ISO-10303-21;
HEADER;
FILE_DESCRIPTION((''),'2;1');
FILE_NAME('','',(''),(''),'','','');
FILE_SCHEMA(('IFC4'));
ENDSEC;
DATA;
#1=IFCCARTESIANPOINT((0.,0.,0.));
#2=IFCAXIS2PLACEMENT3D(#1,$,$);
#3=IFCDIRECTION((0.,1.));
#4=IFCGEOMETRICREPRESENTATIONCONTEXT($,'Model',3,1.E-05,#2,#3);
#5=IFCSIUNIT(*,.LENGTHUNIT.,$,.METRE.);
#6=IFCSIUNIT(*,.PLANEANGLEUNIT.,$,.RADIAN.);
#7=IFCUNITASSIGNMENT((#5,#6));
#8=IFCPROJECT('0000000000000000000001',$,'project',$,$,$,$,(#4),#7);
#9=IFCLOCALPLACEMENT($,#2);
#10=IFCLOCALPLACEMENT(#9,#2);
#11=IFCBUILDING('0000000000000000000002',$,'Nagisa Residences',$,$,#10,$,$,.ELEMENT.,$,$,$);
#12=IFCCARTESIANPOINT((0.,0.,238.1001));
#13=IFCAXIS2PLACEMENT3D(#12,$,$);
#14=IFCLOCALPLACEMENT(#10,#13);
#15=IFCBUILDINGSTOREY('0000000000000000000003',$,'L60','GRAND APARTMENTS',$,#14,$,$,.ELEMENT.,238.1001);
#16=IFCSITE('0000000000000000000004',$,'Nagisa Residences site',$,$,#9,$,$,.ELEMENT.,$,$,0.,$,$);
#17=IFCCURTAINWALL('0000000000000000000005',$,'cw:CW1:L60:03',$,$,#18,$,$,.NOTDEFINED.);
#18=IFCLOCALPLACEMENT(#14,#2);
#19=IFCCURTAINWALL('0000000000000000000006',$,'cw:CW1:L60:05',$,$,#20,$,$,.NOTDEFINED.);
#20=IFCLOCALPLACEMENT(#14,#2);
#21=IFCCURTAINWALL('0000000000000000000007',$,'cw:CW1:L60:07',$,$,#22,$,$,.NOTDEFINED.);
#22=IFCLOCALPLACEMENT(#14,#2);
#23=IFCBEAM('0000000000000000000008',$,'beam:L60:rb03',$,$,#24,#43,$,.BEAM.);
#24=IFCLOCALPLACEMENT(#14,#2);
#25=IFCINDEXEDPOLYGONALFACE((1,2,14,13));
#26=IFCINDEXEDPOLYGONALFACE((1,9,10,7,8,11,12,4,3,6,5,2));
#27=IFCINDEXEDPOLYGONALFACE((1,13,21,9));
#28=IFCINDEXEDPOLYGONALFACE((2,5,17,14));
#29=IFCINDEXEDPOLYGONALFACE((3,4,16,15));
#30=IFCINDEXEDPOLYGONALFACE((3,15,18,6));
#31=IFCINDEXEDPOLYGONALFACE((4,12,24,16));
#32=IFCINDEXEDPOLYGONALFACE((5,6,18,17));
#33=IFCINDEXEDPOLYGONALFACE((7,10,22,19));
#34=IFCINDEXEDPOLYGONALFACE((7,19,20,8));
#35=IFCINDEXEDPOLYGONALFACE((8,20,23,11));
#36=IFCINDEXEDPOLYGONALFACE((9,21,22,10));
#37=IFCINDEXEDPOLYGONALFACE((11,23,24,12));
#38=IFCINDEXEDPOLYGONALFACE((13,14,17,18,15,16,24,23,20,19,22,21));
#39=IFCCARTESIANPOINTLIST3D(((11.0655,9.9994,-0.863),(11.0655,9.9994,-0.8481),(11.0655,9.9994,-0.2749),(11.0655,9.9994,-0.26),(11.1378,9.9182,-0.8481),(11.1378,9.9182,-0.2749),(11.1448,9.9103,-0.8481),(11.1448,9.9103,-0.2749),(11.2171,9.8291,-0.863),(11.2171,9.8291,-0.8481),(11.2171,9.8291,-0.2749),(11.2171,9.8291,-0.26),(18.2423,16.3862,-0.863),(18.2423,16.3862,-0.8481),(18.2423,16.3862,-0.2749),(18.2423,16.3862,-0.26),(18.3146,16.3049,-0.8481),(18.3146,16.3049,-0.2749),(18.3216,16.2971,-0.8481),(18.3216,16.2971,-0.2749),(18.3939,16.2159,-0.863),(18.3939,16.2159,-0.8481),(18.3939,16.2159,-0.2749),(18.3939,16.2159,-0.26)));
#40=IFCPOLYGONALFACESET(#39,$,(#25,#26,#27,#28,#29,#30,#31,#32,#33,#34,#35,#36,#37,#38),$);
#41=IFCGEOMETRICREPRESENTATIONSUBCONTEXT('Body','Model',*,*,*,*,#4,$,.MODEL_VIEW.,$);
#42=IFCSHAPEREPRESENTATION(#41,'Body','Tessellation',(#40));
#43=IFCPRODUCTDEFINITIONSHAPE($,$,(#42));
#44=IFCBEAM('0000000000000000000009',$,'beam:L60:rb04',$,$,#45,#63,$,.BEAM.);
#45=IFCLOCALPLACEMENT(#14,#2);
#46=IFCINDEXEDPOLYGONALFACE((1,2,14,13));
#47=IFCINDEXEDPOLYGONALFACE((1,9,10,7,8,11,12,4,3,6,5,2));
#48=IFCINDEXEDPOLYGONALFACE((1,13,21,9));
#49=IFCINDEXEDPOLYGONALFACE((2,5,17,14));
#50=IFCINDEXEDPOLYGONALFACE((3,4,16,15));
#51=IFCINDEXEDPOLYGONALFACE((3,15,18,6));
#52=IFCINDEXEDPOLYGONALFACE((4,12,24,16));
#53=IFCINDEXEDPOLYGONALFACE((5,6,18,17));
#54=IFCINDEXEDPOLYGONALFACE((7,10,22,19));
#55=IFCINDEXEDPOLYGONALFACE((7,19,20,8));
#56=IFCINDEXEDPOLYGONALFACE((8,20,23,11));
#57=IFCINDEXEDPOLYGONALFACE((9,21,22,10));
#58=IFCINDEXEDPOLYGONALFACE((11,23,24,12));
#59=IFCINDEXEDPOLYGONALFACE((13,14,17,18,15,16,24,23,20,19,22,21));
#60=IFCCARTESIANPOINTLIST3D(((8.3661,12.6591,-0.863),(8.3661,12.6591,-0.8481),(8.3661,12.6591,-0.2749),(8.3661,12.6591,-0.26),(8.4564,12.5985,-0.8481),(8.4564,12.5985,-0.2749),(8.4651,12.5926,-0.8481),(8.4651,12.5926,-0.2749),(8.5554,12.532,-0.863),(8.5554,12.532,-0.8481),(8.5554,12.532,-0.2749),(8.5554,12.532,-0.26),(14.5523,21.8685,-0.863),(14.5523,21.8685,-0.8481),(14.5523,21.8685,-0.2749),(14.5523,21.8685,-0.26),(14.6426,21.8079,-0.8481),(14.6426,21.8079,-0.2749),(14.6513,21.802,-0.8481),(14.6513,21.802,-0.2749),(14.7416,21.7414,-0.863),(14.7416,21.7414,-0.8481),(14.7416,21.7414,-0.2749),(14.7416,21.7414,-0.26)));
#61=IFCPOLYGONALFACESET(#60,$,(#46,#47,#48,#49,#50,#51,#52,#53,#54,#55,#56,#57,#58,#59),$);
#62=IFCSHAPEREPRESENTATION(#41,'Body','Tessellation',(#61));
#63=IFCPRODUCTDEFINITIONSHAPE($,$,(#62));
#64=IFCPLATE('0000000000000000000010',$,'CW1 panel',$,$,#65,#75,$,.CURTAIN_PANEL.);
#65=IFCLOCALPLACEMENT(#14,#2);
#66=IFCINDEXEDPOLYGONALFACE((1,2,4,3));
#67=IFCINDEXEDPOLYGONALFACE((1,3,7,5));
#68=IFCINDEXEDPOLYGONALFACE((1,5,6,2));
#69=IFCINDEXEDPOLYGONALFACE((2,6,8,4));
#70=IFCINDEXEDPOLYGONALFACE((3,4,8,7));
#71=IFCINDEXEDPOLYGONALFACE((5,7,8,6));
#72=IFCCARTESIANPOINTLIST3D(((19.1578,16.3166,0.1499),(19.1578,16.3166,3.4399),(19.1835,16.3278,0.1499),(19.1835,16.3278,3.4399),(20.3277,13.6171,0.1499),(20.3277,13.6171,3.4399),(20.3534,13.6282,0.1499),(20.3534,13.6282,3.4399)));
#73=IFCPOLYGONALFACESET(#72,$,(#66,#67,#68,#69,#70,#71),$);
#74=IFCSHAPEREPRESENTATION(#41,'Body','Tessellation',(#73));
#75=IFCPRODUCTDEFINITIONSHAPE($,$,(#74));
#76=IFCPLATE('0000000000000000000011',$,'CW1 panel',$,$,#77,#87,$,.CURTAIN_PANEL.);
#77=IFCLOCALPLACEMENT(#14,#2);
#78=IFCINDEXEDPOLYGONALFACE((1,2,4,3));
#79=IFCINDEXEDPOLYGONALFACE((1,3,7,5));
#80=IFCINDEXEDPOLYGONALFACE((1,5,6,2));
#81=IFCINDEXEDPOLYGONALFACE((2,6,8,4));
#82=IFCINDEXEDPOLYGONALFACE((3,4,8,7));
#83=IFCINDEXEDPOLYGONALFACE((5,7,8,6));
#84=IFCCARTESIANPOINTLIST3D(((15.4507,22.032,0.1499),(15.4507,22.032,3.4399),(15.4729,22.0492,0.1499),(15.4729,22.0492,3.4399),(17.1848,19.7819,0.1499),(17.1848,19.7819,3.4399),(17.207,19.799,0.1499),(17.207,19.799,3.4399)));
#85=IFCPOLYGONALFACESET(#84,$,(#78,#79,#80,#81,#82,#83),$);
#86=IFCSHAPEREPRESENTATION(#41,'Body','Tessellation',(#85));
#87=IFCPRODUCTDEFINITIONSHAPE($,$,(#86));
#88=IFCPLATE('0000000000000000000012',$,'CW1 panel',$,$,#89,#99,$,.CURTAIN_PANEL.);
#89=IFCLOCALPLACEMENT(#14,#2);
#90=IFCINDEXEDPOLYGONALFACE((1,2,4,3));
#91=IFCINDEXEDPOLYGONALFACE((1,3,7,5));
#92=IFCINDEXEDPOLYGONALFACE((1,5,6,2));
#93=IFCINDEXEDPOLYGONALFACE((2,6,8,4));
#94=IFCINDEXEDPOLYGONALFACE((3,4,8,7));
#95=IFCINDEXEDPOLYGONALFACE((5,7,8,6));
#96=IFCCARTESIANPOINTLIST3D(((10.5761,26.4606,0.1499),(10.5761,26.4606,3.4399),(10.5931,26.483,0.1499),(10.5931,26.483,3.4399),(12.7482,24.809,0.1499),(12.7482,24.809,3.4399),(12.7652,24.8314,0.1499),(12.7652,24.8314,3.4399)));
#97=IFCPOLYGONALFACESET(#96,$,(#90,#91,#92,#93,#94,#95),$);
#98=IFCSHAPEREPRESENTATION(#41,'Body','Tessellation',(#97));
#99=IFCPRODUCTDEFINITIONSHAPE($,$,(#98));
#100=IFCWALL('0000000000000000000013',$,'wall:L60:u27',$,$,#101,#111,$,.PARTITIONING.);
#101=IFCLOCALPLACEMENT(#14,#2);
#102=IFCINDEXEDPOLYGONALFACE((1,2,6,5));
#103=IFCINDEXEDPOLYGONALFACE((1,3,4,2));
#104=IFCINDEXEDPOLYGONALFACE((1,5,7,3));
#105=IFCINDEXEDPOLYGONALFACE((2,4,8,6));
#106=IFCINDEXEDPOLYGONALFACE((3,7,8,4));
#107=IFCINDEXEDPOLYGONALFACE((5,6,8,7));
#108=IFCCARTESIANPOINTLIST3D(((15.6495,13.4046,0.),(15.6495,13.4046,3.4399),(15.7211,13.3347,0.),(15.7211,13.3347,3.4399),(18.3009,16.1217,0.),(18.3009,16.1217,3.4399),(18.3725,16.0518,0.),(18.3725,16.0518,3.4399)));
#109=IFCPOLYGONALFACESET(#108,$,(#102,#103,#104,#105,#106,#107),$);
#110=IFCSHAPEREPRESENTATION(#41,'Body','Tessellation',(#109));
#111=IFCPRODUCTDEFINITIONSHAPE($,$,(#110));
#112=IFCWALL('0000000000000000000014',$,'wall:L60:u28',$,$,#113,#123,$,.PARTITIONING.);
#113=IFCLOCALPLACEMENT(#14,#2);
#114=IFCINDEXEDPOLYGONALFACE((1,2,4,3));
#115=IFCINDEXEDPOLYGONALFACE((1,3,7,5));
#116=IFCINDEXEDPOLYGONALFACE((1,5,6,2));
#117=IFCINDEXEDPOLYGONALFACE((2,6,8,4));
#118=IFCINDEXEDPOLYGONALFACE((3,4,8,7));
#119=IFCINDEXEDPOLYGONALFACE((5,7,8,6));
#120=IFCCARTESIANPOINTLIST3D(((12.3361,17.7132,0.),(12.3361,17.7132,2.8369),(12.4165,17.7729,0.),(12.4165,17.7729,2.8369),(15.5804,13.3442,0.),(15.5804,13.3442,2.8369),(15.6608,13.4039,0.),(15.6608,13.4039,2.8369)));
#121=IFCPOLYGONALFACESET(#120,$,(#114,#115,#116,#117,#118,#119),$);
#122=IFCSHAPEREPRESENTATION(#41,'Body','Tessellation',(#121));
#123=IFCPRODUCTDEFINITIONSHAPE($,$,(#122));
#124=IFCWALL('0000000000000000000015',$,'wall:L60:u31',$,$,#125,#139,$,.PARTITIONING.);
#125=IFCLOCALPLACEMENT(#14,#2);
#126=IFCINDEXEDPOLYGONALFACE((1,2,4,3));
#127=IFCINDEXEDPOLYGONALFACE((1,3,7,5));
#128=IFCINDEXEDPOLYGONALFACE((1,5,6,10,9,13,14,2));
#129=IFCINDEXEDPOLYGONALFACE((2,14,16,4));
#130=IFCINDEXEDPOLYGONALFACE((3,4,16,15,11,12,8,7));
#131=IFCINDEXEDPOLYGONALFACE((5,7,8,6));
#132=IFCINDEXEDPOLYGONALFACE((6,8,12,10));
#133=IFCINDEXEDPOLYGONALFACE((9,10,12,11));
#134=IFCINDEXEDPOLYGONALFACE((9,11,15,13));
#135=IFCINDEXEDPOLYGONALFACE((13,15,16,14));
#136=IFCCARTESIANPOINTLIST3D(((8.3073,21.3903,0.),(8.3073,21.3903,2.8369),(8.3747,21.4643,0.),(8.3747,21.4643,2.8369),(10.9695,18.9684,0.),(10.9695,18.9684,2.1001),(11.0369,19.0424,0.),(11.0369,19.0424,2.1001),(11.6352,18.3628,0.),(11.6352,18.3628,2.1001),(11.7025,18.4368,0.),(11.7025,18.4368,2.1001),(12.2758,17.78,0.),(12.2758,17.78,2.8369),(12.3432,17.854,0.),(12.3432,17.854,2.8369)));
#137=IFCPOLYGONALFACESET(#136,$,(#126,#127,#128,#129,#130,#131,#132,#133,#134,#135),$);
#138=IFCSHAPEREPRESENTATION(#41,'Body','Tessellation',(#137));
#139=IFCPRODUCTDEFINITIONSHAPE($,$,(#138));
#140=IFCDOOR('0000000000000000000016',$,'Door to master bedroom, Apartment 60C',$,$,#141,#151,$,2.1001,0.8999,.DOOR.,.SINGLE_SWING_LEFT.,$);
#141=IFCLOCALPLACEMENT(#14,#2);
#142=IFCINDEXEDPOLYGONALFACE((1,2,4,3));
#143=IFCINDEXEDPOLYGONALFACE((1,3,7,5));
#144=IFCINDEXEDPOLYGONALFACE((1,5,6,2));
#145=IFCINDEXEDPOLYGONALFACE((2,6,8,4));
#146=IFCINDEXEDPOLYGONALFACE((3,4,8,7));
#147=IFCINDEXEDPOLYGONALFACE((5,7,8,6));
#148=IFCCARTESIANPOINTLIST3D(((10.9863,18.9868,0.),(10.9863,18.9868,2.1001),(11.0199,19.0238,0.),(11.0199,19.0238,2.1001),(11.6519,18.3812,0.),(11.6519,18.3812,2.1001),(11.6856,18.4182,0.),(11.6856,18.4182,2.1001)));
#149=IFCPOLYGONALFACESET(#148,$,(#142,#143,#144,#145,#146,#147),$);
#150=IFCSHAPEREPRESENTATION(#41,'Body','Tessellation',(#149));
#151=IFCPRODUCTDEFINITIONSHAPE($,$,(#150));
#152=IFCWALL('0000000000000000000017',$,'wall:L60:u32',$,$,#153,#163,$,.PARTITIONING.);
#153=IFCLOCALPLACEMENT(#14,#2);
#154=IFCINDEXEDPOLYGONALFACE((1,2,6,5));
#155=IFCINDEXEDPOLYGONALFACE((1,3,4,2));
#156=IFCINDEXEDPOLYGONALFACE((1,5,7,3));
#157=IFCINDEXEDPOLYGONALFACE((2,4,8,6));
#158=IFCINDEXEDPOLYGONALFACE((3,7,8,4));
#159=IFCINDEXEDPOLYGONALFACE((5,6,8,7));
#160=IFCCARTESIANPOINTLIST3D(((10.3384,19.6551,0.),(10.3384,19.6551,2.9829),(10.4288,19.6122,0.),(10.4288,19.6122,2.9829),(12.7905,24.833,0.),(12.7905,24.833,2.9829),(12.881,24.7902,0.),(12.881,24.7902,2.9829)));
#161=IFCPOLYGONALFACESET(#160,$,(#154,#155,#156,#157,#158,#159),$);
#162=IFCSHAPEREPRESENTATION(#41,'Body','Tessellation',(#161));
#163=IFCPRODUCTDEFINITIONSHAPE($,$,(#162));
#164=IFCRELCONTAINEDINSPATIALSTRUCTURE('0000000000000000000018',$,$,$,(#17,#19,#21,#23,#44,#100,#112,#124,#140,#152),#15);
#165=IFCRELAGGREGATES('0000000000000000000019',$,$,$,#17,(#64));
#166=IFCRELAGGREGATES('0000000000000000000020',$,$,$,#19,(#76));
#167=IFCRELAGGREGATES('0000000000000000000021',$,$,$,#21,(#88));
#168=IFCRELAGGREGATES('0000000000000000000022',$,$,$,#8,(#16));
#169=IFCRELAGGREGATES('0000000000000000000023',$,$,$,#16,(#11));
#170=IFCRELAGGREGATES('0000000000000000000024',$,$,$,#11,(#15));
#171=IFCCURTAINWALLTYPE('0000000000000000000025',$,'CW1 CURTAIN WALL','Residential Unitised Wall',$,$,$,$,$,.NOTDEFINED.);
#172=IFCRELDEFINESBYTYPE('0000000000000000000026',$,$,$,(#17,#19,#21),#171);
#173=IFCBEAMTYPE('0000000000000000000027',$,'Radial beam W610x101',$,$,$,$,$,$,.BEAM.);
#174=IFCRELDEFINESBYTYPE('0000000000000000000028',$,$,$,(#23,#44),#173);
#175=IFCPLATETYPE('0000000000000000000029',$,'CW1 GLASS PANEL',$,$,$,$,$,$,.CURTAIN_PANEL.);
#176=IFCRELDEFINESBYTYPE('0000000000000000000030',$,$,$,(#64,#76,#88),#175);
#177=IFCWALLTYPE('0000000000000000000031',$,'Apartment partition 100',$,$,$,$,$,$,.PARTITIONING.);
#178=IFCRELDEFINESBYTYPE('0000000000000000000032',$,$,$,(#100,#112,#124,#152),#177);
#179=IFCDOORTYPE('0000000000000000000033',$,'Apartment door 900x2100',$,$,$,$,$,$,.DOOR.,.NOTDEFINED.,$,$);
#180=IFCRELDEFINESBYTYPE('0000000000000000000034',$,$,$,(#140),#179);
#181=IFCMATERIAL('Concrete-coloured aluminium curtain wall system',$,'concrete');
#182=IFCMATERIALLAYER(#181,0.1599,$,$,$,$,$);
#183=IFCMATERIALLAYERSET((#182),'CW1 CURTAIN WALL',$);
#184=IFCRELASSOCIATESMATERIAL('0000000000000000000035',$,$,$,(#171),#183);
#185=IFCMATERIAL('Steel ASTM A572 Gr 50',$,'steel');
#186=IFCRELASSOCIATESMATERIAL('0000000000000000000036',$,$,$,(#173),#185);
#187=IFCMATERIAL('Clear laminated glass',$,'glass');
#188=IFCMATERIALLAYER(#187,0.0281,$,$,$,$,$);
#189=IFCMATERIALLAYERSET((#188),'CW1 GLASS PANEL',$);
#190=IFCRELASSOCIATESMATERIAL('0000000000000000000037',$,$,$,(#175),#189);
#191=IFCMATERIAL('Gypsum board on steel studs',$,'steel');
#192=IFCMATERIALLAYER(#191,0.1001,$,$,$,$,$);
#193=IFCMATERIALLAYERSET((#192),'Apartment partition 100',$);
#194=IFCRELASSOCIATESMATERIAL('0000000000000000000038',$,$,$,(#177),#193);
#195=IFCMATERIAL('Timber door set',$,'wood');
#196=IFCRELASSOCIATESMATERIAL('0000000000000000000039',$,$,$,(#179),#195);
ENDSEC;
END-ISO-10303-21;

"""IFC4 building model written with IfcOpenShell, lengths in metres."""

from ifc_helpers import new_model, si_unit, direction, frame, frame_2d, origin, origin_2d, place, context, subcontext, project, spatial, rectangle, i_section, extrude, material, layer, layer_set, material_profile, profile_set, type_object, element, fill, aggregate, save


model = new_model("IFC4")

# Units and contexts
model_context = context("Model", 3, precision=1e-05, world=origin(), true_north=direction((0.0, 1.0)))
body_context = subcontext(model_context, "Body", "Model", "MODEL_VIEW")
ifc_project = project(units=[si_unit("LENGTHUNIT", "METRE"), si_unit("PLANEANGLEUNIT", "RADIAN")], contexts=[model_context])

# Site, building, storey
site_placement = place(None, origin())
site = spatial("IfcSite", under=ifc_project, at=site_placement, Name="Nagisa Residences site", CompositionType="ELEMENT", RefElevation=0.0)
building_placement = place(site_placement, origin())
building = spatial("IfcBuilding", under=site, at=building_placement, Name="Nagisa Residences", CompositionType="ELEMENT")
storey_placement = place(building_placement, frame((0.0, 0.0, 238.1001)))
storey = spatial("IfcBuildingStorey", under=building, at=storey_placement, Name="L60", Description="GRAND APARTMENTS", CompositionType="ELEMENT", Elevation=238.1001)

# Curtain walls
ifc_material_1 = material(Name="Concrete-coloured aluminium curtain wall system", Category="concrete")
ifc_layer_1 = layer(ifc_material_1, 0.1599)
ifc_layer_set_1 = layer_set([ifc_layer_1], Name="CW1 CURTAIN WALL")
curtain_wall_type = type_object("IfcCurtainWallType", Name="CW1 CURTAIN WALL", Description="Residential Unitised Wall", PredefinedType="NOTDEFINED", material=ifc_layer_set_1)
curtain_wall_1_placement = place(storey_placement, origin())
curtain_wall_1 = element("IfcCurtainWall", 1, at=curtain_wall_1_placement, inside=storey, type_object=curtain_wall_type, Name="cw:CW1:L60:03", PredefinedType="NOTDEFINED")
curtain_wall_2_placement = place(storey_placement, origin())
curtain_wall_2 = element("IfcCurtainWall", 2, at=curtain_wall_2_placement, inside=storey, type_object=curtain_wall_type, Name="cw:CW1:L60:05", PredefinedType="NOTDEFINED")
curtain_wall_3_placement = place(storey_placement, origin())
curtain_wall_3 = element("IfcCurtainWall", 3, at=curtain_wall_3_placement, inside=storey, type_object=curtain_wall_type, Name="cw:CW1:L60:07", PredefinedType="NOTDEFINED")

# Beams
ifc_material_2 = material(Name="Steel ASTM A572 Gr 50", Category="steel")
ifc_material_profile_1 = material_profile(ifc_material_2, i_section(OverallWidth=0.228, OverallDepth=0.603, WebThickness=0.0105, FlangeThickness=0.0149, at=origin_2d()), Name="W610x101")
ifc_profile_set_1 = profile_set([ifc_material_profile_1], Name="Steel ASTM A572 Gr 50")
beam_type_1 = type_object("IfcBeamType", Name="Radial beam W610x101", PredefinedType="BEAM", material=ifc_profile_set_1)
beam_1_placement = place(storey_placement, frame((18.3181, 16.301, -0.5615), z_axis=(-0.747028, -0.664793, 0.0), x_axis=(0.664793, -0.747028, 0.0)))
element("IfcBeam", 4, at=beam_1_placement, inside=storey, type_object=beam_type_1, Name="beam:L60:rb03", PredefinedType="BEAM", context=body_context, shape_type="SweptSolid", body=[
    extrude(i_section(OverallWidth=0.228, OverallDepth=0.603, WebThickness=0.0105, FlangeThickness=0.0149, at=origin_2d()), origin(), (0.0, 0.0, 1.0), 9.6072),
])
beam_2_placement = place(storey_placement, frame((14.647, 21.8049, -0.5615), z_axis=(-0.557607, -0.830105, 0.0), x_axis=(0.830105, -0.557607, 0.0)))
element("IfcBeam", 5, at=beam_2_placement, inside=storey, type_object=beam_type_1, Name="beam:L60:rb04", PredefinedType="BEAM", context=body_context, shape_type="SweptSolid", body=[
    extrude(i_section(OverallWidth=0.228, OverallDepth=0.603, WebThickness=0.0105, FlangeThickness=0.0149, at=origin_2d()), origin(), (0.0, 0.0, 1.0), 11.0942),
])

# Plates
ifc_material_3 = material(Name="Clear laminated glass", Category="glass")
ifc_layer_2 = layer(ifc_material_3, 0.0281)
ifc_layer_set_2 = layer_set([ifc_layer_2], Name="CW1 GLASS PANEL")
plate_type = type_object("IfcPlateType", Name="CW1 GLASS PANEL", PredefinedType="CURTAIN_PANEL", material=ifc_layer_set_2)
plate_1_placement = place(storey_placement, frame((19.7556, 14.9724, 0.1499), z_axis=(0.0, 0.0, 1.0), x_axis=(-0.397636, 0.917543, 0.0)))
plate_1 = element("IfcPlate", 6, at=plate_1_placement, type_object=plate_type, Name="CW1 panel", PredefinedType="CURTAIN_PANEL", context=body_context, shape_type="SweptSolid", body=[
    extrude(rectangle(XDim=2.9421, YDim=0.0281, at=origin_2d()), origin(), (0.0, 0.0, 1.0), 3.29),
])
aggregate(curtain_wall_1, [plate_1])
plate_2_placement = place(storey_placement, frame((16.3289, 20.9155, 0.1499), z_axis=(0.0, 0.0, 1.0), x_axis=(-0.61043, 0.79207, 0.0)))
plate_2 = element("IfcPlate", 7, at=plate_2_placement, type_object=plate_type, Name="CW1 panel", PredefinedType="CURTAIN_PANEL", context=body_context, shape_type="SweptSolid", body=[
    extrude(rectangle(XDim=2.8408, YDim=0.0281, at=origin_2d()), origin(), (0.0, 0.0, 1.0), 3.29),
])
aggregate(curtain_wall_2, [plate_2])
plate_3_placement = place(storey_placement, frame((11.6707, 25.646, 0.1499), z_axis=(0.0, 0.0, 1.0), x_axis=(-0.796031, 0.605255, 0.0)))
plate_3 = element("IfcPlate", 8, at=plate_3_placement, type_object=plate_type, Name="CW1 panel", PredefinedType="CURTAIN_PANEL", context=body_context, shape_type="SweptSolid", body=[
    extrude(rectangle(XDim=2.7288, YDim=0.0281, at=origin_2d()), origin(), (0.0, 0.0, 1.0), 3.29),
])
aggregate(curtain_wall_3, [plate_3])

# Walls
ifc_material_4 = material(Name="Gypsum board on steel studs", Category="steel")
ifc_layer_3 = layer(ifc_material_4, 0.1001)
ifc_layer_set_3 = layer_set([ifc_layer_3], Name="Apartment partition 100")
wall_type_1 = type_object("IfcWallType", Name="Apartment partition 100", PredefinedType="PARTITIONING", material=ifc_layer_set_3)
wall_1_placement = place(storey_placement, frame((15.6853, 13.3696, 0.0), z_axis=(0.0, 0.0, 1.0), x_axis=(0.698404, 0.715704, 0.0)))
element("IfcWall", 9, at=wall_1_placement, inside=storey, type_object=wall_type_1, Name="wall:L60:u27", PredefinedType="PARTITIONING", context=body_context, shape_type="SweptSolid", body=[
    extrude(rectangle(XDim=3.7964, YDim=0.1001, at=frame_2d((1.8982, 0.0))), origin(), (0.0, 0.0, 1.0), 3.4399),
])
wall_2_placement = place(storey_placement, frame((15.6206, 13.374, 0.0), z_axis=(0.0, 0.0, 1.0), x_axis=(-0.596174, 0.802855, 0.0)))
element("IfcWall", 10, at=wall_2_placement, inside=storey, type_object=wall_type_1, Name="wall:L60:u28", PredefinedType="PARTITIONING", context=body_context, shape_type="SweptSolid", body=[
    extrude(rectangle(XDim=5.4419, YDim=0.1001, at=frame_2d((2.7209, 0.0))), origin(), (0.0, 0.0, 1.0), 2.8369),
])

# Wall, opening, door
wall_3_placement = place(storey_placement, frame((12.3096, 17.8169, 0.0), z_axis=(0.0, 0.0, 1.0), x_axis=(-0.739697, 0.67294, 0.0)))
wall_3 = element("IfcWall", 11, at=wall_3_placement, inside=storey, type_object=wall_type_1, Name="wall:L60:u31", PredefinedType="PARTITIONING", context=body_context, shape_type="SweptSolid", body=[
    extrude(rectangle(XDim=5.365, YDim=0.1001, at=frame_2d((2.6826, 0.0))), origin(), (0.0, 0.0, 1.0), 2.8369),
])
opening_1_placement = place(wall_3_placement, frame((0.8662, 0.0, 0.0)))
opening_1 = element("IfcOpeningElement", 12, at=opening_1_placement, cuts=wall_3, PredefinedType="OPENING", context=body_context, shape_type="SweptSolid", body=[
    extrude(rectangle(XDim=0.8999, YDim=2.1001, at=frame_2d((0.45, 1.05))), frame((0.0, 0.0601, 0.0), z_axis=(0.0, -1.0, 0.0), x_axis=(1.0, 0.0, 0.0)), (0.0, 0.0, 1.0), 0.1201),
])
ifc_material_5 = material(Name="Timber door set", Category="wood")
door_type_1 = type_object("IfcDoorType", Name="Apartment door 900x2100", OperationType="NOTDEFINED", PredefinedType="DOOR", material=ifc_material_5)
door_1_placement = place(opening_1_placement, frame((0.8999, 0.0, 0.0), x_axis=(-1.0, 0.0, 0.0)))
door_1 = element("IfcDoor", 13, at=door_1_placement, inside=storey, type_object=door_type_1, Name="Door to master bedroom, Apartment 60C", OperationType="SINGLE_SWING_LEFT", OverallHeight=2.1001, OverallWidth=0.8999, PredefinedType="DOOR", context=body_context, shape_type="SweptSolid", body=[
    extrude(rectangle(XDim=0.8999, YDim=2.1001, at=frame_2d((0.45, 1.05))), frame((0.0, 0.0249, 0.0), z_axis=(0.0, -1.0, 0.0), x_axis=(1.0, 0.0, 0.0)), (0.0, 0.0, 1.0), 0.05),
])
fill(opening_1, door_1)

# Wall
wall_4_placement = place(storey_placement, frame((10.3835, 19.6335, 0.0), z_axis=(0.0, 0.0, 1.0), x_axis=(0.428004, 0.903777, 0.0)))
element("IfcWall", 14, at=wall_4_placement, inside=storey, type_object=wall_type_1, Name="wall:L60:u32", PredefinedType="PARTITIONING", context=body_context, shape_type="SweptSolid", body=[
    extrude(rectangle(XDim=5.7292, YDim=0.1001, at=frame_2d((2.8647, 0.0))), origin(), (0.0, 0.0, 1.0), 2.9829),
])

save(model, "model.ifc")
